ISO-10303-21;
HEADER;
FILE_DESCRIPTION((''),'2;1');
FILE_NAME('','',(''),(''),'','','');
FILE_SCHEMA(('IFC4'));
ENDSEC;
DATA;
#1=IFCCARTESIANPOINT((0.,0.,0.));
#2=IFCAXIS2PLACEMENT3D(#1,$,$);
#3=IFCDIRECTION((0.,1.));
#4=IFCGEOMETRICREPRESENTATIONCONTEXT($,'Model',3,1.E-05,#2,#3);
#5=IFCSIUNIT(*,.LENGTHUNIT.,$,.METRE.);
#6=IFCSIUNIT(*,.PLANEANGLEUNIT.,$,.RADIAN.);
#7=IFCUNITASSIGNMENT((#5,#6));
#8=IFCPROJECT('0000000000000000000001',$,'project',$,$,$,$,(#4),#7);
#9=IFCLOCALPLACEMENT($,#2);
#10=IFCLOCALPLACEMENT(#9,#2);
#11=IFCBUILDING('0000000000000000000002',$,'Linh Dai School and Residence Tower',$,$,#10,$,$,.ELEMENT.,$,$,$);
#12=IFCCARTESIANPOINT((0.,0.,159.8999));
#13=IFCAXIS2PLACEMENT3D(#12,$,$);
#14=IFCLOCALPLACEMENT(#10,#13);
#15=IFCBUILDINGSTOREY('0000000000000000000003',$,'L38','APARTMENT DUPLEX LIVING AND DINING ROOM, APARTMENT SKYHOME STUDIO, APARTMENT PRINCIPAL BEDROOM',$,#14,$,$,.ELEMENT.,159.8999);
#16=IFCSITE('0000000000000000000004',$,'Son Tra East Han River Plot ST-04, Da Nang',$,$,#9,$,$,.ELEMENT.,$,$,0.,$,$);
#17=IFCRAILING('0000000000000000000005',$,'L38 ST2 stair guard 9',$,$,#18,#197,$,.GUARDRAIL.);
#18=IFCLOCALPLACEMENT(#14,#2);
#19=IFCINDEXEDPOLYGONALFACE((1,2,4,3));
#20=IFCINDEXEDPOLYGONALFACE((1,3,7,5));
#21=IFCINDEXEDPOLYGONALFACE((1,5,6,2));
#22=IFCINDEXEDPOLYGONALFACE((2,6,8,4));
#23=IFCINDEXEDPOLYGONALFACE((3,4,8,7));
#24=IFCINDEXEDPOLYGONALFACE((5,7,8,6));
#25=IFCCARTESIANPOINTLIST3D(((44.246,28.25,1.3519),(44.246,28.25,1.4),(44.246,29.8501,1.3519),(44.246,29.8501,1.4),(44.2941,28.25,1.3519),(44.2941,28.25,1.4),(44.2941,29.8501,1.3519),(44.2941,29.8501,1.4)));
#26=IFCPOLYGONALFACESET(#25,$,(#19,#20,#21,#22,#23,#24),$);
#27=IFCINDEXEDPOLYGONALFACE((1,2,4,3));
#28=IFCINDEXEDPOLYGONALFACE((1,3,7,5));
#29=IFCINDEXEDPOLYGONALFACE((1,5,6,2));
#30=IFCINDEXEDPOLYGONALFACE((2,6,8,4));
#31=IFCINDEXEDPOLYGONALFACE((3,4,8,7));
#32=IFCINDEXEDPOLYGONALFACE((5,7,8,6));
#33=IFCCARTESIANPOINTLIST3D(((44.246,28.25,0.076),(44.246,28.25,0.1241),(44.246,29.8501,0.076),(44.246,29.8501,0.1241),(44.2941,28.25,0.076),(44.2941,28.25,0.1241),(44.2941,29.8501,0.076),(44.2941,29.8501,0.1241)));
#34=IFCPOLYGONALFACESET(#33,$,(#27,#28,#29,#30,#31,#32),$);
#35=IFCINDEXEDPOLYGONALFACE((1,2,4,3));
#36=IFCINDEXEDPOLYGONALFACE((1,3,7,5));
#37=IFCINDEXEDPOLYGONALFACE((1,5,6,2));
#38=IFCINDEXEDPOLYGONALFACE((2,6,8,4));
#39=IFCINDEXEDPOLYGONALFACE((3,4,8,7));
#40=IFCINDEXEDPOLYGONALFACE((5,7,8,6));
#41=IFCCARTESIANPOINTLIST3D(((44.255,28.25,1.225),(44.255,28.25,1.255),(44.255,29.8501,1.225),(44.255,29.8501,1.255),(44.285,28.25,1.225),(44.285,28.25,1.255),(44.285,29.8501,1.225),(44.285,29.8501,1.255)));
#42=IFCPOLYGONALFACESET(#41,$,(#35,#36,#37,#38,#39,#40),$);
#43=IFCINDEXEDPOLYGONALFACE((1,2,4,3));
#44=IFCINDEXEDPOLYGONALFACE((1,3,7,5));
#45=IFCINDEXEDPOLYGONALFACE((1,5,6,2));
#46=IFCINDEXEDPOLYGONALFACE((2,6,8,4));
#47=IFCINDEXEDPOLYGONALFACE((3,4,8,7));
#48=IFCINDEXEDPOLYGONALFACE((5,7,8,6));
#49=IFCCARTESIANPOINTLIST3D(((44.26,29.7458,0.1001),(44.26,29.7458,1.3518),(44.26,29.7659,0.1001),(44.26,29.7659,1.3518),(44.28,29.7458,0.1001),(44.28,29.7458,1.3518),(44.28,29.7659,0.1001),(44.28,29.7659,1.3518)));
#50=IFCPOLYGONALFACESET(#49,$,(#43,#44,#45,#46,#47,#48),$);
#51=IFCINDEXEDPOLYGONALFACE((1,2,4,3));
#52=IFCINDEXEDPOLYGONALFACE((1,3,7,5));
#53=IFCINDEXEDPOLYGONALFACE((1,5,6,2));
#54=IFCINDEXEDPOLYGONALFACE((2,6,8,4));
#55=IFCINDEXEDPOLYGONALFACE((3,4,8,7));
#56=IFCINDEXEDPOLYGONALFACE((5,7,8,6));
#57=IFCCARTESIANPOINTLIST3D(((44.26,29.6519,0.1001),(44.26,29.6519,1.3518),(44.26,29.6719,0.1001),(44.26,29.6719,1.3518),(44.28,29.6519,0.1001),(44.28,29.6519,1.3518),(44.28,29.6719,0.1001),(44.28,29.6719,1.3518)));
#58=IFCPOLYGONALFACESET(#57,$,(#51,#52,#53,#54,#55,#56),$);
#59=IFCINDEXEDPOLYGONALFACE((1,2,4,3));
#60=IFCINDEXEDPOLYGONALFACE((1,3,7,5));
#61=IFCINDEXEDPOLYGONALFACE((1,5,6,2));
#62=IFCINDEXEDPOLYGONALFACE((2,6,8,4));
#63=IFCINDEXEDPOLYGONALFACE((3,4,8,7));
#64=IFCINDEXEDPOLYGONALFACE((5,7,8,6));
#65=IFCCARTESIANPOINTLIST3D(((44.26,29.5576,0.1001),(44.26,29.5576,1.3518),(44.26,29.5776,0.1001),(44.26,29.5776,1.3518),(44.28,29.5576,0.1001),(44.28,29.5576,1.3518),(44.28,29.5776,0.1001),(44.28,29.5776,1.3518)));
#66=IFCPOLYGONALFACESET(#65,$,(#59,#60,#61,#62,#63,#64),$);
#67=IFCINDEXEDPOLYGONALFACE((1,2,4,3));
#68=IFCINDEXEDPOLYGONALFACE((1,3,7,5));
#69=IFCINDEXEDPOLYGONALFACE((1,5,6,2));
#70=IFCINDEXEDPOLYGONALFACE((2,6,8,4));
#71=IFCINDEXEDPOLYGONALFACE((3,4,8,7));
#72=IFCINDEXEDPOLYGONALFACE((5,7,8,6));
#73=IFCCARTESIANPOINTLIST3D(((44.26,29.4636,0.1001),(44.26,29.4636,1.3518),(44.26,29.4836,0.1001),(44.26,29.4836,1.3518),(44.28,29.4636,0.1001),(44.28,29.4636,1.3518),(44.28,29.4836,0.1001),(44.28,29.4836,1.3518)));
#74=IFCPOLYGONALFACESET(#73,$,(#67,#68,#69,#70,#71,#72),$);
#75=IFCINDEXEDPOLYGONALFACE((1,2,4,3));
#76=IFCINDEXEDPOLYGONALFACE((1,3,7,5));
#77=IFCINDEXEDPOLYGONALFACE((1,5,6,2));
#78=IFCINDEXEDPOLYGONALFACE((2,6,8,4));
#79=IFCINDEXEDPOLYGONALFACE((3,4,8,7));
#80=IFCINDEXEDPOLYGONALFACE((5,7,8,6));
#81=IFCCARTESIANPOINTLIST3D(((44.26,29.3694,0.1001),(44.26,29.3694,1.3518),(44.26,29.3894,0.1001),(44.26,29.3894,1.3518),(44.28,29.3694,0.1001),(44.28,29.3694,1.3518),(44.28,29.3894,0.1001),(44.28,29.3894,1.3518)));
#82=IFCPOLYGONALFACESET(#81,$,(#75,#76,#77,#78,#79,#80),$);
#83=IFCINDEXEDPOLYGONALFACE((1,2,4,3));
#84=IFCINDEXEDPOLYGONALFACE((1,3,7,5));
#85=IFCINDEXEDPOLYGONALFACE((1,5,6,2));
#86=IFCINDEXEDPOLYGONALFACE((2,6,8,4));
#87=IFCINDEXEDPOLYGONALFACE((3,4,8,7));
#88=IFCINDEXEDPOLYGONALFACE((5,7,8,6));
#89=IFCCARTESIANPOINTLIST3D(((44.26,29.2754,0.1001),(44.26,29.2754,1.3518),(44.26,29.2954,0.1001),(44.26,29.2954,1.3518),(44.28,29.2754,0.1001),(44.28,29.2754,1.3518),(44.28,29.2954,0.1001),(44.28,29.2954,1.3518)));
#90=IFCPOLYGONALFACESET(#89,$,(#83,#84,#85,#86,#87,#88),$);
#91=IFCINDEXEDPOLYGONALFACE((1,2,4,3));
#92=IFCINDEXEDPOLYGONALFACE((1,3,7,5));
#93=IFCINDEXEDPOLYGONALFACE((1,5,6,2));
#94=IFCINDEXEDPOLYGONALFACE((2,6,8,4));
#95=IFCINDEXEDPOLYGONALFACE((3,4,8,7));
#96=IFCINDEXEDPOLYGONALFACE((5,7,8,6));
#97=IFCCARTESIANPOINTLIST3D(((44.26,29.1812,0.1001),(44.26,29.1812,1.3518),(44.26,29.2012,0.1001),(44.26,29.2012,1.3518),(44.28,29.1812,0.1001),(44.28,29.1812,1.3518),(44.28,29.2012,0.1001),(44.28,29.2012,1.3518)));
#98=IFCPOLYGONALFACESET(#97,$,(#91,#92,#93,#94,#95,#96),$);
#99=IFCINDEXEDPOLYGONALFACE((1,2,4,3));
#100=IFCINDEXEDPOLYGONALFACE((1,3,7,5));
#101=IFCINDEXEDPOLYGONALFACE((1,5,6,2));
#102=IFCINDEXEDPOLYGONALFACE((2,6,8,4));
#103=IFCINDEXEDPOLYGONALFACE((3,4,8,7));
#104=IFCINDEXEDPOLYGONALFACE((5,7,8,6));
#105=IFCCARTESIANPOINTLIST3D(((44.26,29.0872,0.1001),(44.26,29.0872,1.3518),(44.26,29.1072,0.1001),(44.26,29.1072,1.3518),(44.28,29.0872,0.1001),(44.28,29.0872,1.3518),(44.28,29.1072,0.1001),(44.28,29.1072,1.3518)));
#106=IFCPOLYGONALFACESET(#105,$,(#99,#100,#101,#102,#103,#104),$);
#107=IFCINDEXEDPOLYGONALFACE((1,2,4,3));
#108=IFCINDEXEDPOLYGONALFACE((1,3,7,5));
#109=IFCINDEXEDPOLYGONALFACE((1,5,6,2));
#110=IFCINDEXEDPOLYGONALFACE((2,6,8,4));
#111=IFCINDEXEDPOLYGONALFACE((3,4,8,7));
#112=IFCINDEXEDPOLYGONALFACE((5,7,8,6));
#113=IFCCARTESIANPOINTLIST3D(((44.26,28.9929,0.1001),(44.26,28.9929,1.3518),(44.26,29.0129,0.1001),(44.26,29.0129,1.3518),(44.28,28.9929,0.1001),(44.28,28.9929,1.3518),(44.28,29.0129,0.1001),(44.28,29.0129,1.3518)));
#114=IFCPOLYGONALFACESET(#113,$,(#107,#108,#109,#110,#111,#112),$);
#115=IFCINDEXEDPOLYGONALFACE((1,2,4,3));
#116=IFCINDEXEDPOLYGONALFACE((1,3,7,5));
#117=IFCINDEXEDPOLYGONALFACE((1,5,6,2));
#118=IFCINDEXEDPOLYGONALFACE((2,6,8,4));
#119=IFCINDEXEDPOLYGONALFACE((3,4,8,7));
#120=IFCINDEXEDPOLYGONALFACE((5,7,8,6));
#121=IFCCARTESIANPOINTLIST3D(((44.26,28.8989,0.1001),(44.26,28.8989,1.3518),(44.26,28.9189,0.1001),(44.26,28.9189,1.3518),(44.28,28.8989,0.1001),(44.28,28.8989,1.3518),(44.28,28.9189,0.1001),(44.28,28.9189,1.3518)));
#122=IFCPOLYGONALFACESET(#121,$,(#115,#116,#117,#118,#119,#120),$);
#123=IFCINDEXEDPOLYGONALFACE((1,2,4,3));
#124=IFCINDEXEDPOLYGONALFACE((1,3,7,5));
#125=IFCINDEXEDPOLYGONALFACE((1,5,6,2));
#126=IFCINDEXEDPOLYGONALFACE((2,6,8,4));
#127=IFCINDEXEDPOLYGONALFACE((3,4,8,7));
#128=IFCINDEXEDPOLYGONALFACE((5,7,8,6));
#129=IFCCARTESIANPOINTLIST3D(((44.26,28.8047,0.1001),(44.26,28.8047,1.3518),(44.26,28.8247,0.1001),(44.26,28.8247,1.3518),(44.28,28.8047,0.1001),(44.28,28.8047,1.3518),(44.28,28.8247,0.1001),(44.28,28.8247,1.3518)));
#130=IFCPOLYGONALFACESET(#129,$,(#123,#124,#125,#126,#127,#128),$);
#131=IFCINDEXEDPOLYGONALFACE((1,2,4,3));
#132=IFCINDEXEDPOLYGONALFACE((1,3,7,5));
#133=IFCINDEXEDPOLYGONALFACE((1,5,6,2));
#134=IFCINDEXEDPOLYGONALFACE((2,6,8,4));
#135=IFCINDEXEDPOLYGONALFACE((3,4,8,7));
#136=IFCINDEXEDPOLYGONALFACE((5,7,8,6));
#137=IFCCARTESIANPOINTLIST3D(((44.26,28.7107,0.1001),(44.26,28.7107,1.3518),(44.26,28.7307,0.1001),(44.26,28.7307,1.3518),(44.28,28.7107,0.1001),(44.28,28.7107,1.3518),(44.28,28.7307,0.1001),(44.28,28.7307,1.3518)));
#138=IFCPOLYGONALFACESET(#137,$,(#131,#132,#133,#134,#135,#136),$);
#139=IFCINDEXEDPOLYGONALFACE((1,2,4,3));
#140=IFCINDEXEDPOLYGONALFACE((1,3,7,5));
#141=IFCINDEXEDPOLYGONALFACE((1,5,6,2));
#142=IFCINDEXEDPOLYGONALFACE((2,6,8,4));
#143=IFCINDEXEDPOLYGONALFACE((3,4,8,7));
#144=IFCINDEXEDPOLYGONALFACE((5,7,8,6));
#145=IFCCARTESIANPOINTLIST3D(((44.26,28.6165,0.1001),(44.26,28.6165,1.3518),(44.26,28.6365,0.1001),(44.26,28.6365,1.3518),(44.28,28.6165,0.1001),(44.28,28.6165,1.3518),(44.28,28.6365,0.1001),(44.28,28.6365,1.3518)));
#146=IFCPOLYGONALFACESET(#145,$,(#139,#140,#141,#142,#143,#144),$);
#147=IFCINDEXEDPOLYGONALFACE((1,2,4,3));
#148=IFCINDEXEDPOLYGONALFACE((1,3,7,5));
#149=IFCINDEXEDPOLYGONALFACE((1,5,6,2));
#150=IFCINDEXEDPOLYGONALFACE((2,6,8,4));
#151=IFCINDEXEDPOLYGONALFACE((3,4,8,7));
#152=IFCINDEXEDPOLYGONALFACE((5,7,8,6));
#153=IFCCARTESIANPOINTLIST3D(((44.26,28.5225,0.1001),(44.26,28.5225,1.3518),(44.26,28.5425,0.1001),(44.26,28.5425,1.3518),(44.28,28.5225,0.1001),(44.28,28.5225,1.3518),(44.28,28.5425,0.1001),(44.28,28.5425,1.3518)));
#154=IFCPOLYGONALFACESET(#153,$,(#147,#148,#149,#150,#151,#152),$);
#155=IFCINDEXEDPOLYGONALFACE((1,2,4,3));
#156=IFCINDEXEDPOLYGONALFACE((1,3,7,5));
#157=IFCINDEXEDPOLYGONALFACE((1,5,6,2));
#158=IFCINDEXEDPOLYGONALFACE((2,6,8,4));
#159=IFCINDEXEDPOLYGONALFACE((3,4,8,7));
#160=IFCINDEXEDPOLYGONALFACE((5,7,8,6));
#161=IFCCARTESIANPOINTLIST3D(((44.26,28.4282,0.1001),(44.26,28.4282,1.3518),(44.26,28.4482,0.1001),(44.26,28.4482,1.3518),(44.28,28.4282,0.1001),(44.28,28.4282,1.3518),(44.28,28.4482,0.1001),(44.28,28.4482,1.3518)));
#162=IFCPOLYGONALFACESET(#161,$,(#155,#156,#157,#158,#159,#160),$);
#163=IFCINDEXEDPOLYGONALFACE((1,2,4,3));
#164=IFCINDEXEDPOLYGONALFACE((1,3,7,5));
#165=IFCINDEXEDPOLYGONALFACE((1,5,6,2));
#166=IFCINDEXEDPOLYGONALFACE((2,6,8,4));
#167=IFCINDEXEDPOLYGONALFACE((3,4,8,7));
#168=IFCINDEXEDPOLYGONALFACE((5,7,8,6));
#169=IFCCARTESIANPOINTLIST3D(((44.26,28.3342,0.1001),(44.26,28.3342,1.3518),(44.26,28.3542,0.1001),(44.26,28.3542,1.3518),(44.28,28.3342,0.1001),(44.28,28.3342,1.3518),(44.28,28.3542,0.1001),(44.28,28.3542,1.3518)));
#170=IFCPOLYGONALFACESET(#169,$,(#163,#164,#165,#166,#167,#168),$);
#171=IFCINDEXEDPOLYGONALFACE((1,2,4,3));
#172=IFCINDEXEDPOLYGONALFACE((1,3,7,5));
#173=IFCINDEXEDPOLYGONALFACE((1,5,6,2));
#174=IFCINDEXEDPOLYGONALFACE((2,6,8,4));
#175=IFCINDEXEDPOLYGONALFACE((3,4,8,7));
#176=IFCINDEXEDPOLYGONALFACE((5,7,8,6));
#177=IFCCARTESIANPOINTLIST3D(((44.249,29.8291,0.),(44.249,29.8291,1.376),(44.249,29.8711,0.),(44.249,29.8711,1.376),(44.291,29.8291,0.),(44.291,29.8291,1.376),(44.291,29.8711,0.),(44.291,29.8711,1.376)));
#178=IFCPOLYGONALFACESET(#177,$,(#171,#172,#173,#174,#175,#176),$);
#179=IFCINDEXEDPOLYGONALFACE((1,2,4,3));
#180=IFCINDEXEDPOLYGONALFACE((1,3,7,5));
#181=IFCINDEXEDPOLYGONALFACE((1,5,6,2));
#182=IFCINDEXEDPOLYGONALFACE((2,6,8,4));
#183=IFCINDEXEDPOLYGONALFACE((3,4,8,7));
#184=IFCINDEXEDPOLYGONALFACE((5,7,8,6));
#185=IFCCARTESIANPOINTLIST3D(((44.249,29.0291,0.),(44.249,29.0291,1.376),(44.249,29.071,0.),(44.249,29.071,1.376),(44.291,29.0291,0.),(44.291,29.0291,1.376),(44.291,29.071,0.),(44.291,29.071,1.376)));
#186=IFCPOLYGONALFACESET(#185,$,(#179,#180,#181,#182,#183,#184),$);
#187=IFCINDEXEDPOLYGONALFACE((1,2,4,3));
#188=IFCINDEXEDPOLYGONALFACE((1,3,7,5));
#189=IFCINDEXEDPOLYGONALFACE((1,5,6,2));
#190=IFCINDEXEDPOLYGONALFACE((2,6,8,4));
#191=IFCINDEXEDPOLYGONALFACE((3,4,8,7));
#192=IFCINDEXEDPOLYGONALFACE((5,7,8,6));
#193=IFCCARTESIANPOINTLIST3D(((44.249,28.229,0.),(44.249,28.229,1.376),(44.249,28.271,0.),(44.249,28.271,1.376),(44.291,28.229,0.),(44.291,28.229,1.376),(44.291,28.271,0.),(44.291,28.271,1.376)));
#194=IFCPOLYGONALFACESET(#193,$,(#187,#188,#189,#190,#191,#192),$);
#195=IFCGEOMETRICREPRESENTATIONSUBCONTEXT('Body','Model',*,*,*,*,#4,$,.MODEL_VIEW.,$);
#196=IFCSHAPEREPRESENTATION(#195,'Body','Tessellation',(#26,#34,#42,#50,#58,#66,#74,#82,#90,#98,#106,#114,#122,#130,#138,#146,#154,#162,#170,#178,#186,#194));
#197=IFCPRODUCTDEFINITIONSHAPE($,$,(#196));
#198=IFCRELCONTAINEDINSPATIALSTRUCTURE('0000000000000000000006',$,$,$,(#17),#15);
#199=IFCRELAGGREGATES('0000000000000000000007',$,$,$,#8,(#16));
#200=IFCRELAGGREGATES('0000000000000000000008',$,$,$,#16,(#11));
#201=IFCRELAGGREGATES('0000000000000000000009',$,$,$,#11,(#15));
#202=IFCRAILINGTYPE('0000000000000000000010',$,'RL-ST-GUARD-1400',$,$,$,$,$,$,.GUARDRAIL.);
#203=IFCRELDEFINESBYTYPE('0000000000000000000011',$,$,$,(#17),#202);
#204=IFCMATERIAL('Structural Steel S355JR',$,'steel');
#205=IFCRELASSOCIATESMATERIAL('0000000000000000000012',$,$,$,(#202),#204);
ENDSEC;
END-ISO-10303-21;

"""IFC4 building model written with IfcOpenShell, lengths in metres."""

from ifc_helpers import new_model, si_unit, direction, frame, origin, origin_2d, place, context, subcontext, project, spatial, rectangle, extrude, source, transform, mapped, material, type_object, element, save


model = new_model("IFC4")

# Units and contexts
model_context = context("Model", 3, precision=1e-05, world=origin(), true_north=direction((0.0, 1.0)))
body_context = subcontext(model_context, "Body", "Model", "MODEL_VIEW")
ifc_project = project(units=[si_unit("LENGTHUNIT", "METRE"), si_unit("PLANEANGLEUNIT", "RADIAN")], contexts=[model_context])

# Site, building, storey
site_placement = place(None, origin())
site = spatial("IfcSite", under=ifc_project, at=site_placement, Name="Son Tra East Han River Plot ST-04, Da Nang", CompositionType="ELEMENT", RefElevation=0.0)
building_placement = place(site_placement, origin())
building = spatial("IfcBuilding", under=site, at=building_placement, Name="Linh Dai School and Residence Tower", CompositionType="ELEMENT")
storey_placement = place(building_placement, frame((0.0, 0.0, 159.8999)))
storey = spatial("IfcBuildingStorey", under=building, at=storey_placement, Name="L38", Description="APARTMENT DUPLEX LIVING AND DINING ROOM, APARTMENT SKYHOME STUDIO, APARTMENT PRINCIPAL BEDROOM", CompositionType="ELEMENT", Elevation=159.8999)

# Shared definitions
ifc_material_1 = material(Name="Structural Steel S355JR", Category="steel")

# Railing
railing_type_1 = type_object("IfcRailingType", Name="RL-ST-GUARD-1400", PredefinedType="GUARDRAIL", material=ifc_material_1)
shared_shape_1 = source(origin(), body_context, "Body", "SweptSolid", [
    extrude(rectangle(XDim=0.0481, YDim=0.0481, at=origin_2d()), frame((0.0, 0.0, 1.376), z_axis=(0.0, -1.0, 0.0), x_axis=(1.0, 0.0, 0.0)), (0.0, 0.0, 1.0), 1.6001),
    extrude(rectangle(XDim=0.0481, YDim=0.0481, at=origin_2d()), frame((0.0, 0.0, 0.1001), z_axis=(0.0, -1.0, 0.0), x_axis=(1.0, 0.0, 0.0)), (0.0, 0.0, 1.0), 1.6001),
    extrude(rectangle(XDim=0.03, YDim=0.03, at=origin_2d()), frame((0.0, 0.0, 1.24), z_axis=(0.0, -1.0, 0.0), x_axis=(1.0, 0.0, 0.0)), (0.0, 0.0, 1.0), 1.6001),
    extrude(rectangle(XDim=0.02, YDim=0.02, at=origin_2d()), frame((0.0, -0.0942, 0.1001)), (0.0, 0.0, 1.0), 1.2517),
    extrude(rectangle(XDim=0.02, YDim=0.02, at=origin_2d()), frame((0.0, -0.1882, 0.1001)), (0.0, 0.0, 1.0), 1.2517),
    extrude(rectangle(XDim=0.02, YDim=0.02, at=origin_2d()), frame((0.0, -0.2825, 0.1001)), (0.0, 0.0, 1.0), 1.2517),
    extrude(rectangle(XDim=0.02, YDim=0.02, at=origin_2d()), frame((0.0, -0.3765, 0.1001)), (0.0, 0.0, 1.0), 1.2517),
    extrude(rectangle(XDim=0.02, YDim=0.02, at=origin_2d()), frame((0.0, -0.4707, 0.1001)), (0.0, 0.0, 1.0), 1.2517),
    extrude(rectangle(XDim=0.02, YDim=0.02, at=origin_2d()), frame((0.0, -0.5647, 0.1001)), (0.0, 0.0, 1.0), 1.2517),
    extrude(rectangle(XDim=0.02, YDim=0.02, at=origin_2d()), frame((0.0, -0.6589, 0.1001)), (0.0, 0.0, 1.0), 1.2517),
    extrude(rectangle(XDim=0.02, YDim=0.02, at=origin_2d()), frame((0.0, -0.7529, 0.1001)), (0.0, 0.0, 1.0), 1.2517),
    extrude(rectangle(XDim=0.02, YDim=0.02, at=origin_2d()), frame((0.0, -0.8472, 0.1001)), (0.0, 0.0, 1.0), 1.2517),
    extrude(rectangle(XDim=0.02, YDim=0.02, at=origin_2d()), frame((0.0, -0.9412, 0.1001)), (0.0, 0.0, 1.0), 1.2517),
    extrude(rectangle(XDim=0.02, YDim=0.02, at=origin_2d()), frame((0.0, -1.0354, 0.1001)), (0.0, 0.0, 1.0), 1.2517),
    extrude(rectangle(XDim=0.02, YDim=0.02, at=origin_2d()), frame((0.0, -1.1294, 0.1001)), (0.0, 0.0, 1.0), 1.2517),
    extrude(rectangle(XDim=0.02, YDim=0.02, at=origin_2d()), frame((0.0, -1.2236, 0.1001)), (0.0, 0.0, 1.0), 1.2517),
    extrude(rectangle(XDim=0.02, YDim=0.02, at=origin_2d()), frame((0.0, -1.3176, 0.1001)), (0.0, 0.0, 1.0), 1.2517),
    extrude(rectangle(XDim=0.02, YDim=0.02, at=origin_2d()), frame((0.0, -1.4119, 0.1001)), (0.0, 0.0, 1.0), 1.2517),
    extrude(rectangle(XDim=0.02, YDim=0.02, at=origin_2d()), frame((0.0, -1.5059, 0.1001)), (0.0, 0.0, 1.0), 1.2517),
    extrude(rectangle(XDim=0.042, YDim=0.042, at=origin_2d()), origin(), (0.0, 0.0, 1.0), 1.376),
    extrude(rectangle(XDim=0.042, YDim=0.042, at=origin_2d()), frame((0.0, -0.8, 0.0)), (0.0, 0.0, 1.0), 1.376),
    extrude(rectangle(XDim=0.042, YDim=0.042, at=origin_2d()), frame((0.0, -1.6001, 0.0)), (0.0, 0.0, 1.0), 1.376),
])
for number, where, name in (
    (1, (44.27, 29.8501, 0.0), "L38 ST2 stair guard 9"),
):
    element("IfcRailing", number, at=place(storey_placement, frame(where)), inside=storey, type_object=railing_type_1, Name=name, PredefinedType="GUARDRAIL", context=body_context, shape_type="MappedRepresentation", body=[
        mapped(shared_shape_1, transform((0.0, 0.0, 0.0), x_axis=(1.0, 0.0, 0.0), y_axis=(0.0, 1.0, 0.0), z_axis=(0.0, 0.0, 1.0), scale=1.0)),
    ])

save(model, "model.ifc")
